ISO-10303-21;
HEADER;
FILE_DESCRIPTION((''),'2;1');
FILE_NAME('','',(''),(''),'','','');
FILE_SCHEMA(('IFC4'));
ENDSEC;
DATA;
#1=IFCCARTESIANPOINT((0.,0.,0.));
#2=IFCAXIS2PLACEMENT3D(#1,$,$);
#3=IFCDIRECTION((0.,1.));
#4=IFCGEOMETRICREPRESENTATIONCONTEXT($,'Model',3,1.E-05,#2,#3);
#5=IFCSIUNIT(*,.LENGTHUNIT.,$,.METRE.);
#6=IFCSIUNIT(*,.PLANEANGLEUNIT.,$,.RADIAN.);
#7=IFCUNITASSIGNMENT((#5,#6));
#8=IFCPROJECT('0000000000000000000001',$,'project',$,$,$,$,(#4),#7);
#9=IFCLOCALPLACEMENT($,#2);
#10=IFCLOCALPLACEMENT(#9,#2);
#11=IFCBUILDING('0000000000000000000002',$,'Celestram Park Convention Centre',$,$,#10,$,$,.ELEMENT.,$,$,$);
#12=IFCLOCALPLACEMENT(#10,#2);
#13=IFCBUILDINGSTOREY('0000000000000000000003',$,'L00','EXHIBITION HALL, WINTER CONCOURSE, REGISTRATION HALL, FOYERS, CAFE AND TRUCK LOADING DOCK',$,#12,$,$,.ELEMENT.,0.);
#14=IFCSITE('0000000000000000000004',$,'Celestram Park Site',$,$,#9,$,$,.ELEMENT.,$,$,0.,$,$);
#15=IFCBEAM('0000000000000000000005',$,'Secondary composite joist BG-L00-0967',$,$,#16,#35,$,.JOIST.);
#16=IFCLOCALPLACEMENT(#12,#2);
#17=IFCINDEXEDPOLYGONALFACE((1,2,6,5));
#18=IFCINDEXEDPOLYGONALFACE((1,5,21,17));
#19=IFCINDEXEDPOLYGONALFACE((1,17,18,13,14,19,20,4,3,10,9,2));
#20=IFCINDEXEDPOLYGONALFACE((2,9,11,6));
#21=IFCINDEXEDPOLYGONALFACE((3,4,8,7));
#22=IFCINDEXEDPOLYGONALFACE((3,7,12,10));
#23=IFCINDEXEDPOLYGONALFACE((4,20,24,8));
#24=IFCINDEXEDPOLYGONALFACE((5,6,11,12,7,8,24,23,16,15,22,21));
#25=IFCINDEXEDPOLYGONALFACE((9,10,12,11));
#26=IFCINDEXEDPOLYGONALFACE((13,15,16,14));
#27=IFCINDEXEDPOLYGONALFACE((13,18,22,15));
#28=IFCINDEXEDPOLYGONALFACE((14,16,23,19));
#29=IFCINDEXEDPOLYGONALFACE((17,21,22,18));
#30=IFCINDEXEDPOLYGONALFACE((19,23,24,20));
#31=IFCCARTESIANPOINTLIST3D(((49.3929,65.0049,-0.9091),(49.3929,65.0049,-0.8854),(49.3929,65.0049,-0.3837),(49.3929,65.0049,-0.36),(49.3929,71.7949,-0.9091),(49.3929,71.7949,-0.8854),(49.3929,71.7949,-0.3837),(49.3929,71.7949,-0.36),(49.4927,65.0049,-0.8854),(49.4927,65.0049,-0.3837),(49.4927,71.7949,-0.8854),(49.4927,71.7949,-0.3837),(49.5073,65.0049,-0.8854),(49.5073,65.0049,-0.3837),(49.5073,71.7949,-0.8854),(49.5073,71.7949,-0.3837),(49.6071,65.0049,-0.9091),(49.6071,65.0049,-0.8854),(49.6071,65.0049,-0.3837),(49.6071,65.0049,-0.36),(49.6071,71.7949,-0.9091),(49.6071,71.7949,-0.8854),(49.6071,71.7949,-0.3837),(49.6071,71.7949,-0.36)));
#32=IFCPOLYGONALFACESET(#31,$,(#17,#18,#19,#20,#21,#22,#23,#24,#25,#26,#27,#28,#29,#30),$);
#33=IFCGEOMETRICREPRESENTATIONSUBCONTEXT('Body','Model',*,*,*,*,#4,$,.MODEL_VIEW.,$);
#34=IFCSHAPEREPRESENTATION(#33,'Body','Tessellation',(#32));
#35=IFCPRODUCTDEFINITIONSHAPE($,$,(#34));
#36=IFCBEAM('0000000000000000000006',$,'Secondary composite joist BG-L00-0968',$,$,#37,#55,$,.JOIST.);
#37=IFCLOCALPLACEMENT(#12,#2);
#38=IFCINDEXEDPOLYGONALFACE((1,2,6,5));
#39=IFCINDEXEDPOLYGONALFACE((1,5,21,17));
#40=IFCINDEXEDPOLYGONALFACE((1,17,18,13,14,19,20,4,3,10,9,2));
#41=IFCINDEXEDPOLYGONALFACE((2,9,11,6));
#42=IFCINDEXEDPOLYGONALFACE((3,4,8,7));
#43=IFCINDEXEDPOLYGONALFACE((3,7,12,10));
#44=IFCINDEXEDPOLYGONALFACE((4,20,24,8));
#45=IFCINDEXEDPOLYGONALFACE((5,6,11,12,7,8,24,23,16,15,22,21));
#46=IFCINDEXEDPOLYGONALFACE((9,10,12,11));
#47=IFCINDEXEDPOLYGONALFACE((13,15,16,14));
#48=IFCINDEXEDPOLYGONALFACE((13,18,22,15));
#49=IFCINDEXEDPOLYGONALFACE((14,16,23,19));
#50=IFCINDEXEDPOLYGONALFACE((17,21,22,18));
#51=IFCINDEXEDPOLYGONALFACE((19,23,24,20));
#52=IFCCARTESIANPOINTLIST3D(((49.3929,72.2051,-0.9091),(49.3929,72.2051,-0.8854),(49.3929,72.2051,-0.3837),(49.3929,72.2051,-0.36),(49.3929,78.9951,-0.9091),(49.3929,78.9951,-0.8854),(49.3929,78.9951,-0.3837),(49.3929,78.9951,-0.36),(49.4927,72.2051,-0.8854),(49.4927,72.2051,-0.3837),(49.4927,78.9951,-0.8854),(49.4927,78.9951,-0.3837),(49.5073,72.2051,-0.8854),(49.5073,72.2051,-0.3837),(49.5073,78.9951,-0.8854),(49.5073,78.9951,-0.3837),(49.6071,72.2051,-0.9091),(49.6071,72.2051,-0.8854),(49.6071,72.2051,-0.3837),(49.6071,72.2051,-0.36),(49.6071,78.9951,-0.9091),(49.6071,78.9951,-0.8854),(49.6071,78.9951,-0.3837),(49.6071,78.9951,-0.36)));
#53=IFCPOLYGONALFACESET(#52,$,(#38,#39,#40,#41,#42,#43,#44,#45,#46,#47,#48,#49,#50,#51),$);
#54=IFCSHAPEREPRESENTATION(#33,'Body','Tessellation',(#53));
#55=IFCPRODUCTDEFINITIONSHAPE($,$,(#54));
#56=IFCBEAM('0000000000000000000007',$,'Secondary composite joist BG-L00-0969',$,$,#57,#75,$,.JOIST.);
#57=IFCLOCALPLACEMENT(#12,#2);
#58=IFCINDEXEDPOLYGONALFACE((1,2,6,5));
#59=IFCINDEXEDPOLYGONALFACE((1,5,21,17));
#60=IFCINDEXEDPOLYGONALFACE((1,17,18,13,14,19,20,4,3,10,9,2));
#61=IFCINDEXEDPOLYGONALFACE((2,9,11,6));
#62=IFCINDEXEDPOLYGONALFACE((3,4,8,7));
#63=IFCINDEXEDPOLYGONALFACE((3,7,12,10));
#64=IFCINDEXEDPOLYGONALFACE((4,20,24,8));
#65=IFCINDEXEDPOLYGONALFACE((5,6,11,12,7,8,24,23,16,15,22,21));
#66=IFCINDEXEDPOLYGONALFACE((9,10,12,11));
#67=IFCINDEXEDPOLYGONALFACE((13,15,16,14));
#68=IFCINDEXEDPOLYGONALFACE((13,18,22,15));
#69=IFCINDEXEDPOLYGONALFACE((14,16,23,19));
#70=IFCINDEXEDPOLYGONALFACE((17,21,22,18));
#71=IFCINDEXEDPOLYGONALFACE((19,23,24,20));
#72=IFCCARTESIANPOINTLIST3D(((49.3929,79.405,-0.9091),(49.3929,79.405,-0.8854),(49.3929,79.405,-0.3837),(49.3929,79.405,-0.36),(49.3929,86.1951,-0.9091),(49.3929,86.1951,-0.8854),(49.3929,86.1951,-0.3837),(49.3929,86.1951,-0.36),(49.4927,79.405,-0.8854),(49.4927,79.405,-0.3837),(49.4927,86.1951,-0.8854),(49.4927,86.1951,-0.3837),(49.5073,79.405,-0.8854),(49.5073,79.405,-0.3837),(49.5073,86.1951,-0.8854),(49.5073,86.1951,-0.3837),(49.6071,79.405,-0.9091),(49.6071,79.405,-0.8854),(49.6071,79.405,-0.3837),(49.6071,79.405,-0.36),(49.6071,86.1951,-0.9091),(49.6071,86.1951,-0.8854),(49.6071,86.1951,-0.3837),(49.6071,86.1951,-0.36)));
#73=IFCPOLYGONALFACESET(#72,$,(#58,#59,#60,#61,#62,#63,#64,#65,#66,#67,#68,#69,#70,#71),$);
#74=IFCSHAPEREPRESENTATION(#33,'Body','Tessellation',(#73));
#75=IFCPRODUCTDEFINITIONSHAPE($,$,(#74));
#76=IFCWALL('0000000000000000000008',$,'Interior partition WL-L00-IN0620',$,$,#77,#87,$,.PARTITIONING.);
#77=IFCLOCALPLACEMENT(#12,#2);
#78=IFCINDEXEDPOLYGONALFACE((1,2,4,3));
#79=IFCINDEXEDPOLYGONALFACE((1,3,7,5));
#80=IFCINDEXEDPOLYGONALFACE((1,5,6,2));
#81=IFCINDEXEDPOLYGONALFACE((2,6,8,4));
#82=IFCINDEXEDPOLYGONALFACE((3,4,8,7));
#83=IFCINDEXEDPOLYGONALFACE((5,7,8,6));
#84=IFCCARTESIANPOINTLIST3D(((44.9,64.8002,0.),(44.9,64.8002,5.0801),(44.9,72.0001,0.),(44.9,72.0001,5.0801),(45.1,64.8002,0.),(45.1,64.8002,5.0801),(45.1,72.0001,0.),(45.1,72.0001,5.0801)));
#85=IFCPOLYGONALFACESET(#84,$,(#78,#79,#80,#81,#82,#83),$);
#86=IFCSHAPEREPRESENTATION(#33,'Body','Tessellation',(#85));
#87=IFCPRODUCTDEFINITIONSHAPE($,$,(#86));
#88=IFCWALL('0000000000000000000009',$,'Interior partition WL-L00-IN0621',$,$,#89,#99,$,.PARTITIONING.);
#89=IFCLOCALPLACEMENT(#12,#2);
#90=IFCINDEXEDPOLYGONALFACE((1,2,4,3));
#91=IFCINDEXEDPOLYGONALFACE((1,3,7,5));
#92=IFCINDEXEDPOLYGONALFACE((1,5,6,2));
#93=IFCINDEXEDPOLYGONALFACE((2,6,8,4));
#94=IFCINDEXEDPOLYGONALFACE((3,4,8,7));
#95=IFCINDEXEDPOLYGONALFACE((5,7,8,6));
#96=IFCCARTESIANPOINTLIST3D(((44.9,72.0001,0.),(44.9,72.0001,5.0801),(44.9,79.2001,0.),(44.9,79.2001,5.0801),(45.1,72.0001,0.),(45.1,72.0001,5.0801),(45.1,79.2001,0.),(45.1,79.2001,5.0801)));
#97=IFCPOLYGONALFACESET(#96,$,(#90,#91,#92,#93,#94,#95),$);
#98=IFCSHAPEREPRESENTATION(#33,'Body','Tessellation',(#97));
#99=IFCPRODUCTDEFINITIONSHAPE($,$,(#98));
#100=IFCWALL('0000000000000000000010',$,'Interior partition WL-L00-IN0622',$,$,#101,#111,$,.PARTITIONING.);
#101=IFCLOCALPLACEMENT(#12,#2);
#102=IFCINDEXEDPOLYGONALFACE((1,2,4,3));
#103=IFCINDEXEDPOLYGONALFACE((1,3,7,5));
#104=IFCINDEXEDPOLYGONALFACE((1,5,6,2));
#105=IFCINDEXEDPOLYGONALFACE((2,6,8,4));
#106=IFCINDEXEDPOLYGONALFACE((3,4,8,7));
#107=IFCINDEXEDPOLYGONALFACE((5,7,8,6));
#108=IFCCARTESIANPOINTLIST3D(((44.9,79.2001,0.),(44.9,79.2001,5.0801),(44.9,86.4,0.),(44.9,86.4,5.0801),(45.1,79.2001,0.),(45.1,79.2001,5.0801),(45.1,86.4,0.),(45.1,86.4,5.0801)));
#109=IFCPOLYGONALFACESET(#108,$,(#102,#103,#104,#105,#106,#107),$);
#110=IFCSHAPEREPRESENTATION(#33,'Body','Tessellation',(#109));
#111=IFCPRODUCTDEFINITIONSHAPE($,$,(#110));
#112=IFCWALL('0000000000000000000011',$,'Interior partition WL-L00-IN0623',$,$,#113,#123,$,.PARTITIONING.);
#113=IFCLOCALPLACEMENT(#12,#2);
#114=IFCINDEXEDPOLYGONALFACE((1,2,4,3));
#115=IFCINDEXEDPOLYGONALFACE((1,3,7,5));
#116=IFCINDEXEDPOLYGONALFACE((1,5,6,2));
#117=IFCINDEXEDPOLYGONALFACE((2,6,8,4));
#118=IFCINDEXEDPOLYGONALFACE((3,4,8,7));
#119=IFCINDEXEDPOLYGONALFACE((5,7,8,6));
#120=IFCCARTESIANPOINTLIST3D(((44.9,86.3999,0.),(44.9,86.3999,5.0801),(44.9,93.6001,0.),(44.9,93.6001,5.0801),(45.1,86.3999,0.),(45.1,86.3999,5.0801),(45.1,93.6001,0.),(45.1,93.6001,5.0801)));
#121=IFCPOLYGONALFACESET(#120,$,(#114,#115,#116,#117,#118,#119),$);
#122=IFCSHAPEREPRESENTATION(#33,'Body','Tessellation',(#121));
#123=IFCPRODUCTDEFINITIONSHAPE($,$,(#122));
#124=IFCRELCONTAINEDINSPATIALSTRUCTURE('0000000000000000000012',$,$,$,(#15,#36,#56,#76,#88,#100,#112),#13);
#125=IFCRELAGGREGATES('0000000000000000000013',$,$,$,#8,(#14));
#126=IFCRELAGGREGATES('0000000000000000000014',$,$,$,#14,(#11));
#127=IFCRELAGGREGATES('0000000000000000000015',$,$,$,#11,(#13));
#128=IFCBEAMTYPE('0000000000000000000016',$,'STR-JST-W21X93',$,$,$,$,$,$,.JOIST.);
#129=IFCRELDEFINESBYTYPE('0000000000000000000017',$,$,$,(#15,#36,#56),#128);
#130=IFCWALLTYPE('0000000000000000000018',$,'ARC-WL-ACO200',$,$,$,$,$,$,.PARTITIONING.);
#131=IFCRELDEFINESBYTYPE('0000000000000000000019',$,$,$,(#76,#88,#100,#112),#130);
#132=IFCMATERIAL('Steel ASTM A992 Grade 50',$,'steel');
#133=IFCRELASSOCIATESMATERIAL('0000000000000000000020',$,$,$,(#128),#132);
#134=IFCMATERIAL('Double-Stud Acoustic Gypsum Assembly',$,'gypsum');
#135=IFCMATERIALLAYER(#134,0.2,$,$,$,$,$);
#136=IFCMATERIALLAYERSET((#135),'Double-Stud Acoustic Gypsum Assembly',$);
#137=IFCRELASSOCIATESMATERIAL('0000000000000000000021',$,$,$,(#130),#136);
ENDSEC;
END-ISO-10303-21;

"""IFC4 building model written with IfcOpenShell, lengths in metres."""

from ifc_helpers import new_model, si_unit, direction, frame, frame_2d, origin, origin_2d, place, context, subcontext, project, spatial, rectangle, i_section, extrude, material, layer, layer_set, material_profile, profile_set, type_object, element, save


model = new_model("IFC4")

# Units and contexts
model_context = context("Model", 3, precision=1e-05, world=origin(), true_north=direction((0.0, 1.0)))
body_context = subcontext(model_context, "Body", "Model", "MODEL_VIEW")
ifc_project = project(units=[si_unit("LENGTHUNIT", "METRE"), si_unit("PLANEANGLEUNIT", "RADIAN")], contexts=[model_context])

# Site, building, storey
site_placement = place(None, origin())
site = spatial("IfcSite", under=ifc_project, at=site_placement, Name="Celestram Park Site", CompositionType="ELEMENT", RefElevation=0.0)
building_placement = place(site_placement, origin())
building = spatial("IfcBuilding", under=site, at=building_placement, Name="Celestram Park Convention Centre", CompositionType="ELEMENT")
storey_placement = place(building_placement, origin())
storey = spatial("IfcBuildingStorey", under=building, at=storey_placement, Name="L00", Description="EXHIBITION HALL, WINTER CONCOURSE, REGISTRATION HALL, FOYERS, CAFE AND TRUCK LOADING DOCK", CompositionType="ELEMENT", Elevation=0.0)

# Beams
ifc_material_1 = material(Name="Steel ASTM A992 Grade 50", Category="steel")
ifc_material_profile_1 = material_profile(ifc_material_1, i_section(OverallWidth=0.2141, OverallDepth=0.5491, WebThickness=0.0146, FlangeThickness=0.0237, at=origin_2d()), Name="W21X93")
ifc_profile_set_1 = profile_set([ifc_material_profile_1], Name="Steel ASTM A992 Grade 50")
beam_type_1 = type_object("IfcBeamType", Name="STR-JST-W21X93", PredefinedType="JOIST", material=ifc_profile_set_1)
for number, where, z_axis, x_axis, name in (
    (1, (49.5, 65.0049, -0.6345), (0.0, 1.0, 0.0), (-1.0, 0.0, 0.0), "Secondary composite joist BG-L00-0967"),
    (2, (49.5, 72.2051, -0.6345), (0.0, 1.0, 0.0), (-1.0, 0.0, 0.0), "Secondary composite joist BG-L00-0968"),
    (3, (49.5, 79.405, -0.6345), (0.0, 1.0, 0.0), (-1.0, 0.0, 0.0), "Secondary composite joist BG-L00-0969"),
):
    element("IfcBeam", number, at=place(storey_placement, frame(where, z_axis=z_axis, x_axis=x_axis)), inside=storey, type_object=beam_type_1, Name=name, PredefinedType="JOIST", context=body_context, shape_type="SweptSolid", body=[
        extrude(i_section(OverallWidth=0.2141, OverallDepth=0.5491, WebThickness=0.0146, FlangeThickness=0.0237, at=origin_2d()), origin(), (0.0, 0.0, 1.0), 6.79),
    ])

# Walls
ifc_material_2 = material(Name="Double-Stud Acoustic Gypsum Assembly", Category="gypsum")
ifc_layer = layer(ifc_material_2, 0.2)
ifc_layer_set = layer_set([ifc_layer], Name="Double-Stud Acoustic Gypsum Assembly")
wall_type = type_object("IfcWallType", Name="ARC-WL-ACO200", PredefinedType="PARTITIONING", material=ifc_layer_set)
for number, where, z_axis, x_axis, name in (
    (4, (45.0, 64.8, 0.0), (0.0, 0.0, 1.0), (0.0, 1.0, 0.0), "Interior partition WL-L00-IN0620"),
    (5, (45.0, 72.0, 0.0), (0.0, 0.0, 1.0), (0.0, 1.0, 0.0), "Interior partition WL-L00-IN0621"),
    (6, (45.0, 79.2, 0.0), (0.0, 0.0, 1.0), (0.0, 1.0, 0.0), "Interior partition WL-L00-IN0622"),
):
    element("IfcWall", number, at=place(storey_placement, frame(where, z_axis=z_axis, x_axis=x_axis)), inside=storey, type_object=wall_type, Name=name, PredefinedType="PARTITIONING", context=body_context, shape_type="SweptSolid", body=[
        extrude(rectangle(XDim=7.2, YDim=0.2, at=frame_2d((3.6001, 0.0))), origin(), (0.0, 0.0, 1.0), 5.0801),
    ])
wall_placement = place(storey_placement, frame((45.0, 86.3999, 0.0), z_axis=(0.0, 0.0, 1.0), x_axis=(0.0, 1.0, 0.0)))
element("IfcWall", 7, at=wall_placement, inside=storey, type_object=wall_type, Name="Interior partition WL-L00-IN0623", PredefinedType="PARTITIONING", context=body_context, shape_type="SweptSolid", body=[
    extrude(rectangle(XDim=7.2002, YDim=0.2, at=frame_2d((3.6001, 0.0))), origin(), (0.0, 0.0, 1.0), 5.0801),
])

save(model, "model.ifc")
